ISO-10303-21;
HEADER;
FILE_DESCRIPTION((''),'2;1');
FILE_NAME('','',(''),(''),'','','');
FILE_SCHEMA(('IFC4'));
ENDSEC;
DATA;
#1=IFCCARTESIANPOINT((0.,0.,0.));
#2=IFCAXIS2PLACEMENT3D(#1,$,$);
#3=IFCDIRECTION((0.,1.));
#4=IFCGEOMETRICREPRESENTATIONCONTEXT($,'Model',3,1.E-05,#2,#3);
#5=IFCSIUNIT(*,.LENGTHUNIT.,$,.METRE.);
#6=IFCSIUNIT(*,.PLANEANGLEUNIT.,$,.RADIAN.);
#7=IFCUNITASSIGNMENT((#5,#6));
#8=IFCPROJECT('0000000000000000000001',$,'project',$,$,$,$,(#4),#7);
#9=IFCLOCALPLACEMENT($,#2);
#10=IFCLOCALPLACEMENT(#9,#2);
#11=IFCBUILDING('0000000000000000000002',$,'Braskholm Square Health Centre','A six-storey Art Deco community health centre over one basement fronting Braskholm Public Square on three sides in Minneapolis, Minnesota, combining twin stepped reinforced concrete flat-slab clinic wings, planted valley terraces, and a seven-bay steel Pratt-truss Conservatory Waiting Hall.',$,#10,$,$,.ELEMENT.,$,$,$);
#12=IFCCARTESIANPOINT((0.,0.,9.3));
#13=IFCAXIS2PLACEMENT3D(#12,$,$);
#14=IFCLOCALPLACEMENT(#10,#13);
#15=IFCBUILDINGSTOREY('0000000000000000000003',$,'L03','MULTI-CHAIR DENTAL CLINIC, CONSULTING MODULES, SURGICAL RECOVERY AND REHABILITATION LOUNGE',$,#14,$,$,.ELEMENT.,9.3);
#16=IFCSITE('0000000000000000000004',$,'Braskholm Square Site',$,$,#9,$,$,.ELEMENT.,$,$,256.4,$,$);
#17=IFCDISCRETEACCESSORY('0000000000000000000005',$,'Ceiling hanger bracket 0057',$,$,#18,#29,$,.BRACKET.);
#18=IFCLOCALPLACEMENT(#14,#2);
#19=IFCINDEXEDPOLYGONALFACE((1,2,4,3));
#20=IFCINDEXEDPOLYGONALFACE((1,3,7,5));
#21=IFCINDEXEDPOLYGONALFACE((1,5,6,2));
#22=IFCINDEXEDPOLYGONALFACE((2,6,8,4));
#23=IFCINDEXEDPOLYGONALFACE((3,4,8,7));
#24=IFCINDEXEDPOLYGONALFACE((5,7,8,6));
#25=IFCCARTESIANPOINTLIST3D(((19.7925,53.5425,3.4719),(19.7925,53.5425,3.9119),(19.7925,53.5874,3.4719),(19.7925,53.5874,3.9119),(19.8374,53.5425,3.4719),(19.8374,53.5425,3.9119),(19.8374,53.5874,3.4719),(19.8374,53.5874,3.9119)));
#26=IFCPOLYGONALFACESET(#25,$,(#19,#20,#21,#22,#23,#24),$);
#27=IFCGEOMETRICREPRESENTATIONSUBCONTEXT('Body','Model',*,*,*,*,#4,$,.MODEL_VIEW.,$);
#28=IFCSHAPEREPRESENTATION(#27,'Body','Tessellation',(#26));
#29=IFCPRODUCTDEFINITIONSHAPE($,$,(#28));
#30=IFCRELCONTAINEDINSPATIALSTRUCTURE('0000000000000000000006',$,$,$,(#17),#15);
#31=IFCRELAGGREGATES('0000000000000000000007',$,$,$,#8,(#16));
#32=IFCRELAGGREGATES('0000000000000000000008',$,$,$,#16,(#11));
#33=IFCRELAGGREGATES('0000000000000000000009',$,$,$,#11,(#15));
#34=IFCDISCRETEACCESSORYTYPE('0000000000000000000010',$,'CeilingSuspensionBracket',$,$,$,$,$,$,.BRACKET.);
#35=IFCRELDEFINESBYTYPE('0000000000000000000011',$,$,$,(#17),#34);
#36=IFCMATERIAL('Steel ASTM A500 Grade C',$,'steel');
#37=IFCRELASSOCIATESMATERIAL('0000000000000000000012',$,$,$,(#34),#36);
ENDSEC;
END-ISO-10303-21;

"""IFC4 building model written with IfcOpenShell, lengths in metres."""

from ifc_helpers import new_model, si_unit, direction, frame, origin, origin_2d, place, context, subcontext, project, spatial, rectangle, extrude, material, type_object, element, save


model = new_model("IFC4")

# Units and contexts
model_context = context("Model", 3, precision=1e-05, world=origin(), true_north=direction((0.0, 1.0)))
body_context = subcontext(model_context, "Body", "Model", "MODEL_VIEW")
ifc_project = project(units=[si_unit("LENGTHUNIT", "METRE"), si_unit("PLANEANGLEUNIT", "RADIAN")], contexts=[model_context])

# Site, building, storey
site_placement = place(None, origin())
site = spatial("IfcSite", under=ifc_project, at=site_placement, Name="Braskholm Square Site", CompositionType="ELEMENT", RefElevation=256.4)
building_placement = place(site_placement, origin())
building = spatial("IfcBuilding", under=site, at=building_placement, Name="Braskholm Square Health Centre", Description="A six-storey Art Deco community health centre over one basement fronting Braskholm Public Square on three sides in Minneapolis, Minnesota, combining twin stepped reinforced concrete flat-slab clinic wings, planted valley terraces, and a seven-bay steel Pratt-truss Conservatory Waiting Hall.", CompositionType="ELEMENT")
storey_placement = place(building_placement, frame((0.0, 0.0, 9.3)))
storey = spatial("IfcBuildingStorey", under=building, at=storey_placement, Name="L03", Description="MULTI-CHAIR DENTAL CLINIC, CONSULTING MODULES, SURGICAL RECOVERY AND REHABILITATION LOUNGE", CompositionType="ELEMENT", Elevation=9.3)

# Discrete accessory
ifc_material_1 = material(Name="Steel ASTM A500 Grade C", Category="steel")
discrete_accessory_type = type_object("IfcDiscreteAccessoryType", Name="CeilingSuspensionBracket", PredefinedType="BRACKET", material=ifc_material_1)
discrete_accessory_placement = place(storey_placement, frame((19.8149, 53.5649, 3.4719), z_axis=(0.0, 0.0, 1.0), x_axis=(1.0, 0.0, 0.0)))
element("IfcDiscreteAccessory", 1, at=discrete_accessory_placement, inside=storey, type_object=discrete_accessory_type, Name="Ceiling hanger bracket 0057", PredefinedType="BRACKET", context=body_context, shape_type="SweptSolid", body=[
    extrude(rectangle(XDim=0.0449, YDim=0.0449, at=origin_2d()), origin(), (0.0, 0.0, 1.0), 0.4399),
])

save(model, "model.ifc")
